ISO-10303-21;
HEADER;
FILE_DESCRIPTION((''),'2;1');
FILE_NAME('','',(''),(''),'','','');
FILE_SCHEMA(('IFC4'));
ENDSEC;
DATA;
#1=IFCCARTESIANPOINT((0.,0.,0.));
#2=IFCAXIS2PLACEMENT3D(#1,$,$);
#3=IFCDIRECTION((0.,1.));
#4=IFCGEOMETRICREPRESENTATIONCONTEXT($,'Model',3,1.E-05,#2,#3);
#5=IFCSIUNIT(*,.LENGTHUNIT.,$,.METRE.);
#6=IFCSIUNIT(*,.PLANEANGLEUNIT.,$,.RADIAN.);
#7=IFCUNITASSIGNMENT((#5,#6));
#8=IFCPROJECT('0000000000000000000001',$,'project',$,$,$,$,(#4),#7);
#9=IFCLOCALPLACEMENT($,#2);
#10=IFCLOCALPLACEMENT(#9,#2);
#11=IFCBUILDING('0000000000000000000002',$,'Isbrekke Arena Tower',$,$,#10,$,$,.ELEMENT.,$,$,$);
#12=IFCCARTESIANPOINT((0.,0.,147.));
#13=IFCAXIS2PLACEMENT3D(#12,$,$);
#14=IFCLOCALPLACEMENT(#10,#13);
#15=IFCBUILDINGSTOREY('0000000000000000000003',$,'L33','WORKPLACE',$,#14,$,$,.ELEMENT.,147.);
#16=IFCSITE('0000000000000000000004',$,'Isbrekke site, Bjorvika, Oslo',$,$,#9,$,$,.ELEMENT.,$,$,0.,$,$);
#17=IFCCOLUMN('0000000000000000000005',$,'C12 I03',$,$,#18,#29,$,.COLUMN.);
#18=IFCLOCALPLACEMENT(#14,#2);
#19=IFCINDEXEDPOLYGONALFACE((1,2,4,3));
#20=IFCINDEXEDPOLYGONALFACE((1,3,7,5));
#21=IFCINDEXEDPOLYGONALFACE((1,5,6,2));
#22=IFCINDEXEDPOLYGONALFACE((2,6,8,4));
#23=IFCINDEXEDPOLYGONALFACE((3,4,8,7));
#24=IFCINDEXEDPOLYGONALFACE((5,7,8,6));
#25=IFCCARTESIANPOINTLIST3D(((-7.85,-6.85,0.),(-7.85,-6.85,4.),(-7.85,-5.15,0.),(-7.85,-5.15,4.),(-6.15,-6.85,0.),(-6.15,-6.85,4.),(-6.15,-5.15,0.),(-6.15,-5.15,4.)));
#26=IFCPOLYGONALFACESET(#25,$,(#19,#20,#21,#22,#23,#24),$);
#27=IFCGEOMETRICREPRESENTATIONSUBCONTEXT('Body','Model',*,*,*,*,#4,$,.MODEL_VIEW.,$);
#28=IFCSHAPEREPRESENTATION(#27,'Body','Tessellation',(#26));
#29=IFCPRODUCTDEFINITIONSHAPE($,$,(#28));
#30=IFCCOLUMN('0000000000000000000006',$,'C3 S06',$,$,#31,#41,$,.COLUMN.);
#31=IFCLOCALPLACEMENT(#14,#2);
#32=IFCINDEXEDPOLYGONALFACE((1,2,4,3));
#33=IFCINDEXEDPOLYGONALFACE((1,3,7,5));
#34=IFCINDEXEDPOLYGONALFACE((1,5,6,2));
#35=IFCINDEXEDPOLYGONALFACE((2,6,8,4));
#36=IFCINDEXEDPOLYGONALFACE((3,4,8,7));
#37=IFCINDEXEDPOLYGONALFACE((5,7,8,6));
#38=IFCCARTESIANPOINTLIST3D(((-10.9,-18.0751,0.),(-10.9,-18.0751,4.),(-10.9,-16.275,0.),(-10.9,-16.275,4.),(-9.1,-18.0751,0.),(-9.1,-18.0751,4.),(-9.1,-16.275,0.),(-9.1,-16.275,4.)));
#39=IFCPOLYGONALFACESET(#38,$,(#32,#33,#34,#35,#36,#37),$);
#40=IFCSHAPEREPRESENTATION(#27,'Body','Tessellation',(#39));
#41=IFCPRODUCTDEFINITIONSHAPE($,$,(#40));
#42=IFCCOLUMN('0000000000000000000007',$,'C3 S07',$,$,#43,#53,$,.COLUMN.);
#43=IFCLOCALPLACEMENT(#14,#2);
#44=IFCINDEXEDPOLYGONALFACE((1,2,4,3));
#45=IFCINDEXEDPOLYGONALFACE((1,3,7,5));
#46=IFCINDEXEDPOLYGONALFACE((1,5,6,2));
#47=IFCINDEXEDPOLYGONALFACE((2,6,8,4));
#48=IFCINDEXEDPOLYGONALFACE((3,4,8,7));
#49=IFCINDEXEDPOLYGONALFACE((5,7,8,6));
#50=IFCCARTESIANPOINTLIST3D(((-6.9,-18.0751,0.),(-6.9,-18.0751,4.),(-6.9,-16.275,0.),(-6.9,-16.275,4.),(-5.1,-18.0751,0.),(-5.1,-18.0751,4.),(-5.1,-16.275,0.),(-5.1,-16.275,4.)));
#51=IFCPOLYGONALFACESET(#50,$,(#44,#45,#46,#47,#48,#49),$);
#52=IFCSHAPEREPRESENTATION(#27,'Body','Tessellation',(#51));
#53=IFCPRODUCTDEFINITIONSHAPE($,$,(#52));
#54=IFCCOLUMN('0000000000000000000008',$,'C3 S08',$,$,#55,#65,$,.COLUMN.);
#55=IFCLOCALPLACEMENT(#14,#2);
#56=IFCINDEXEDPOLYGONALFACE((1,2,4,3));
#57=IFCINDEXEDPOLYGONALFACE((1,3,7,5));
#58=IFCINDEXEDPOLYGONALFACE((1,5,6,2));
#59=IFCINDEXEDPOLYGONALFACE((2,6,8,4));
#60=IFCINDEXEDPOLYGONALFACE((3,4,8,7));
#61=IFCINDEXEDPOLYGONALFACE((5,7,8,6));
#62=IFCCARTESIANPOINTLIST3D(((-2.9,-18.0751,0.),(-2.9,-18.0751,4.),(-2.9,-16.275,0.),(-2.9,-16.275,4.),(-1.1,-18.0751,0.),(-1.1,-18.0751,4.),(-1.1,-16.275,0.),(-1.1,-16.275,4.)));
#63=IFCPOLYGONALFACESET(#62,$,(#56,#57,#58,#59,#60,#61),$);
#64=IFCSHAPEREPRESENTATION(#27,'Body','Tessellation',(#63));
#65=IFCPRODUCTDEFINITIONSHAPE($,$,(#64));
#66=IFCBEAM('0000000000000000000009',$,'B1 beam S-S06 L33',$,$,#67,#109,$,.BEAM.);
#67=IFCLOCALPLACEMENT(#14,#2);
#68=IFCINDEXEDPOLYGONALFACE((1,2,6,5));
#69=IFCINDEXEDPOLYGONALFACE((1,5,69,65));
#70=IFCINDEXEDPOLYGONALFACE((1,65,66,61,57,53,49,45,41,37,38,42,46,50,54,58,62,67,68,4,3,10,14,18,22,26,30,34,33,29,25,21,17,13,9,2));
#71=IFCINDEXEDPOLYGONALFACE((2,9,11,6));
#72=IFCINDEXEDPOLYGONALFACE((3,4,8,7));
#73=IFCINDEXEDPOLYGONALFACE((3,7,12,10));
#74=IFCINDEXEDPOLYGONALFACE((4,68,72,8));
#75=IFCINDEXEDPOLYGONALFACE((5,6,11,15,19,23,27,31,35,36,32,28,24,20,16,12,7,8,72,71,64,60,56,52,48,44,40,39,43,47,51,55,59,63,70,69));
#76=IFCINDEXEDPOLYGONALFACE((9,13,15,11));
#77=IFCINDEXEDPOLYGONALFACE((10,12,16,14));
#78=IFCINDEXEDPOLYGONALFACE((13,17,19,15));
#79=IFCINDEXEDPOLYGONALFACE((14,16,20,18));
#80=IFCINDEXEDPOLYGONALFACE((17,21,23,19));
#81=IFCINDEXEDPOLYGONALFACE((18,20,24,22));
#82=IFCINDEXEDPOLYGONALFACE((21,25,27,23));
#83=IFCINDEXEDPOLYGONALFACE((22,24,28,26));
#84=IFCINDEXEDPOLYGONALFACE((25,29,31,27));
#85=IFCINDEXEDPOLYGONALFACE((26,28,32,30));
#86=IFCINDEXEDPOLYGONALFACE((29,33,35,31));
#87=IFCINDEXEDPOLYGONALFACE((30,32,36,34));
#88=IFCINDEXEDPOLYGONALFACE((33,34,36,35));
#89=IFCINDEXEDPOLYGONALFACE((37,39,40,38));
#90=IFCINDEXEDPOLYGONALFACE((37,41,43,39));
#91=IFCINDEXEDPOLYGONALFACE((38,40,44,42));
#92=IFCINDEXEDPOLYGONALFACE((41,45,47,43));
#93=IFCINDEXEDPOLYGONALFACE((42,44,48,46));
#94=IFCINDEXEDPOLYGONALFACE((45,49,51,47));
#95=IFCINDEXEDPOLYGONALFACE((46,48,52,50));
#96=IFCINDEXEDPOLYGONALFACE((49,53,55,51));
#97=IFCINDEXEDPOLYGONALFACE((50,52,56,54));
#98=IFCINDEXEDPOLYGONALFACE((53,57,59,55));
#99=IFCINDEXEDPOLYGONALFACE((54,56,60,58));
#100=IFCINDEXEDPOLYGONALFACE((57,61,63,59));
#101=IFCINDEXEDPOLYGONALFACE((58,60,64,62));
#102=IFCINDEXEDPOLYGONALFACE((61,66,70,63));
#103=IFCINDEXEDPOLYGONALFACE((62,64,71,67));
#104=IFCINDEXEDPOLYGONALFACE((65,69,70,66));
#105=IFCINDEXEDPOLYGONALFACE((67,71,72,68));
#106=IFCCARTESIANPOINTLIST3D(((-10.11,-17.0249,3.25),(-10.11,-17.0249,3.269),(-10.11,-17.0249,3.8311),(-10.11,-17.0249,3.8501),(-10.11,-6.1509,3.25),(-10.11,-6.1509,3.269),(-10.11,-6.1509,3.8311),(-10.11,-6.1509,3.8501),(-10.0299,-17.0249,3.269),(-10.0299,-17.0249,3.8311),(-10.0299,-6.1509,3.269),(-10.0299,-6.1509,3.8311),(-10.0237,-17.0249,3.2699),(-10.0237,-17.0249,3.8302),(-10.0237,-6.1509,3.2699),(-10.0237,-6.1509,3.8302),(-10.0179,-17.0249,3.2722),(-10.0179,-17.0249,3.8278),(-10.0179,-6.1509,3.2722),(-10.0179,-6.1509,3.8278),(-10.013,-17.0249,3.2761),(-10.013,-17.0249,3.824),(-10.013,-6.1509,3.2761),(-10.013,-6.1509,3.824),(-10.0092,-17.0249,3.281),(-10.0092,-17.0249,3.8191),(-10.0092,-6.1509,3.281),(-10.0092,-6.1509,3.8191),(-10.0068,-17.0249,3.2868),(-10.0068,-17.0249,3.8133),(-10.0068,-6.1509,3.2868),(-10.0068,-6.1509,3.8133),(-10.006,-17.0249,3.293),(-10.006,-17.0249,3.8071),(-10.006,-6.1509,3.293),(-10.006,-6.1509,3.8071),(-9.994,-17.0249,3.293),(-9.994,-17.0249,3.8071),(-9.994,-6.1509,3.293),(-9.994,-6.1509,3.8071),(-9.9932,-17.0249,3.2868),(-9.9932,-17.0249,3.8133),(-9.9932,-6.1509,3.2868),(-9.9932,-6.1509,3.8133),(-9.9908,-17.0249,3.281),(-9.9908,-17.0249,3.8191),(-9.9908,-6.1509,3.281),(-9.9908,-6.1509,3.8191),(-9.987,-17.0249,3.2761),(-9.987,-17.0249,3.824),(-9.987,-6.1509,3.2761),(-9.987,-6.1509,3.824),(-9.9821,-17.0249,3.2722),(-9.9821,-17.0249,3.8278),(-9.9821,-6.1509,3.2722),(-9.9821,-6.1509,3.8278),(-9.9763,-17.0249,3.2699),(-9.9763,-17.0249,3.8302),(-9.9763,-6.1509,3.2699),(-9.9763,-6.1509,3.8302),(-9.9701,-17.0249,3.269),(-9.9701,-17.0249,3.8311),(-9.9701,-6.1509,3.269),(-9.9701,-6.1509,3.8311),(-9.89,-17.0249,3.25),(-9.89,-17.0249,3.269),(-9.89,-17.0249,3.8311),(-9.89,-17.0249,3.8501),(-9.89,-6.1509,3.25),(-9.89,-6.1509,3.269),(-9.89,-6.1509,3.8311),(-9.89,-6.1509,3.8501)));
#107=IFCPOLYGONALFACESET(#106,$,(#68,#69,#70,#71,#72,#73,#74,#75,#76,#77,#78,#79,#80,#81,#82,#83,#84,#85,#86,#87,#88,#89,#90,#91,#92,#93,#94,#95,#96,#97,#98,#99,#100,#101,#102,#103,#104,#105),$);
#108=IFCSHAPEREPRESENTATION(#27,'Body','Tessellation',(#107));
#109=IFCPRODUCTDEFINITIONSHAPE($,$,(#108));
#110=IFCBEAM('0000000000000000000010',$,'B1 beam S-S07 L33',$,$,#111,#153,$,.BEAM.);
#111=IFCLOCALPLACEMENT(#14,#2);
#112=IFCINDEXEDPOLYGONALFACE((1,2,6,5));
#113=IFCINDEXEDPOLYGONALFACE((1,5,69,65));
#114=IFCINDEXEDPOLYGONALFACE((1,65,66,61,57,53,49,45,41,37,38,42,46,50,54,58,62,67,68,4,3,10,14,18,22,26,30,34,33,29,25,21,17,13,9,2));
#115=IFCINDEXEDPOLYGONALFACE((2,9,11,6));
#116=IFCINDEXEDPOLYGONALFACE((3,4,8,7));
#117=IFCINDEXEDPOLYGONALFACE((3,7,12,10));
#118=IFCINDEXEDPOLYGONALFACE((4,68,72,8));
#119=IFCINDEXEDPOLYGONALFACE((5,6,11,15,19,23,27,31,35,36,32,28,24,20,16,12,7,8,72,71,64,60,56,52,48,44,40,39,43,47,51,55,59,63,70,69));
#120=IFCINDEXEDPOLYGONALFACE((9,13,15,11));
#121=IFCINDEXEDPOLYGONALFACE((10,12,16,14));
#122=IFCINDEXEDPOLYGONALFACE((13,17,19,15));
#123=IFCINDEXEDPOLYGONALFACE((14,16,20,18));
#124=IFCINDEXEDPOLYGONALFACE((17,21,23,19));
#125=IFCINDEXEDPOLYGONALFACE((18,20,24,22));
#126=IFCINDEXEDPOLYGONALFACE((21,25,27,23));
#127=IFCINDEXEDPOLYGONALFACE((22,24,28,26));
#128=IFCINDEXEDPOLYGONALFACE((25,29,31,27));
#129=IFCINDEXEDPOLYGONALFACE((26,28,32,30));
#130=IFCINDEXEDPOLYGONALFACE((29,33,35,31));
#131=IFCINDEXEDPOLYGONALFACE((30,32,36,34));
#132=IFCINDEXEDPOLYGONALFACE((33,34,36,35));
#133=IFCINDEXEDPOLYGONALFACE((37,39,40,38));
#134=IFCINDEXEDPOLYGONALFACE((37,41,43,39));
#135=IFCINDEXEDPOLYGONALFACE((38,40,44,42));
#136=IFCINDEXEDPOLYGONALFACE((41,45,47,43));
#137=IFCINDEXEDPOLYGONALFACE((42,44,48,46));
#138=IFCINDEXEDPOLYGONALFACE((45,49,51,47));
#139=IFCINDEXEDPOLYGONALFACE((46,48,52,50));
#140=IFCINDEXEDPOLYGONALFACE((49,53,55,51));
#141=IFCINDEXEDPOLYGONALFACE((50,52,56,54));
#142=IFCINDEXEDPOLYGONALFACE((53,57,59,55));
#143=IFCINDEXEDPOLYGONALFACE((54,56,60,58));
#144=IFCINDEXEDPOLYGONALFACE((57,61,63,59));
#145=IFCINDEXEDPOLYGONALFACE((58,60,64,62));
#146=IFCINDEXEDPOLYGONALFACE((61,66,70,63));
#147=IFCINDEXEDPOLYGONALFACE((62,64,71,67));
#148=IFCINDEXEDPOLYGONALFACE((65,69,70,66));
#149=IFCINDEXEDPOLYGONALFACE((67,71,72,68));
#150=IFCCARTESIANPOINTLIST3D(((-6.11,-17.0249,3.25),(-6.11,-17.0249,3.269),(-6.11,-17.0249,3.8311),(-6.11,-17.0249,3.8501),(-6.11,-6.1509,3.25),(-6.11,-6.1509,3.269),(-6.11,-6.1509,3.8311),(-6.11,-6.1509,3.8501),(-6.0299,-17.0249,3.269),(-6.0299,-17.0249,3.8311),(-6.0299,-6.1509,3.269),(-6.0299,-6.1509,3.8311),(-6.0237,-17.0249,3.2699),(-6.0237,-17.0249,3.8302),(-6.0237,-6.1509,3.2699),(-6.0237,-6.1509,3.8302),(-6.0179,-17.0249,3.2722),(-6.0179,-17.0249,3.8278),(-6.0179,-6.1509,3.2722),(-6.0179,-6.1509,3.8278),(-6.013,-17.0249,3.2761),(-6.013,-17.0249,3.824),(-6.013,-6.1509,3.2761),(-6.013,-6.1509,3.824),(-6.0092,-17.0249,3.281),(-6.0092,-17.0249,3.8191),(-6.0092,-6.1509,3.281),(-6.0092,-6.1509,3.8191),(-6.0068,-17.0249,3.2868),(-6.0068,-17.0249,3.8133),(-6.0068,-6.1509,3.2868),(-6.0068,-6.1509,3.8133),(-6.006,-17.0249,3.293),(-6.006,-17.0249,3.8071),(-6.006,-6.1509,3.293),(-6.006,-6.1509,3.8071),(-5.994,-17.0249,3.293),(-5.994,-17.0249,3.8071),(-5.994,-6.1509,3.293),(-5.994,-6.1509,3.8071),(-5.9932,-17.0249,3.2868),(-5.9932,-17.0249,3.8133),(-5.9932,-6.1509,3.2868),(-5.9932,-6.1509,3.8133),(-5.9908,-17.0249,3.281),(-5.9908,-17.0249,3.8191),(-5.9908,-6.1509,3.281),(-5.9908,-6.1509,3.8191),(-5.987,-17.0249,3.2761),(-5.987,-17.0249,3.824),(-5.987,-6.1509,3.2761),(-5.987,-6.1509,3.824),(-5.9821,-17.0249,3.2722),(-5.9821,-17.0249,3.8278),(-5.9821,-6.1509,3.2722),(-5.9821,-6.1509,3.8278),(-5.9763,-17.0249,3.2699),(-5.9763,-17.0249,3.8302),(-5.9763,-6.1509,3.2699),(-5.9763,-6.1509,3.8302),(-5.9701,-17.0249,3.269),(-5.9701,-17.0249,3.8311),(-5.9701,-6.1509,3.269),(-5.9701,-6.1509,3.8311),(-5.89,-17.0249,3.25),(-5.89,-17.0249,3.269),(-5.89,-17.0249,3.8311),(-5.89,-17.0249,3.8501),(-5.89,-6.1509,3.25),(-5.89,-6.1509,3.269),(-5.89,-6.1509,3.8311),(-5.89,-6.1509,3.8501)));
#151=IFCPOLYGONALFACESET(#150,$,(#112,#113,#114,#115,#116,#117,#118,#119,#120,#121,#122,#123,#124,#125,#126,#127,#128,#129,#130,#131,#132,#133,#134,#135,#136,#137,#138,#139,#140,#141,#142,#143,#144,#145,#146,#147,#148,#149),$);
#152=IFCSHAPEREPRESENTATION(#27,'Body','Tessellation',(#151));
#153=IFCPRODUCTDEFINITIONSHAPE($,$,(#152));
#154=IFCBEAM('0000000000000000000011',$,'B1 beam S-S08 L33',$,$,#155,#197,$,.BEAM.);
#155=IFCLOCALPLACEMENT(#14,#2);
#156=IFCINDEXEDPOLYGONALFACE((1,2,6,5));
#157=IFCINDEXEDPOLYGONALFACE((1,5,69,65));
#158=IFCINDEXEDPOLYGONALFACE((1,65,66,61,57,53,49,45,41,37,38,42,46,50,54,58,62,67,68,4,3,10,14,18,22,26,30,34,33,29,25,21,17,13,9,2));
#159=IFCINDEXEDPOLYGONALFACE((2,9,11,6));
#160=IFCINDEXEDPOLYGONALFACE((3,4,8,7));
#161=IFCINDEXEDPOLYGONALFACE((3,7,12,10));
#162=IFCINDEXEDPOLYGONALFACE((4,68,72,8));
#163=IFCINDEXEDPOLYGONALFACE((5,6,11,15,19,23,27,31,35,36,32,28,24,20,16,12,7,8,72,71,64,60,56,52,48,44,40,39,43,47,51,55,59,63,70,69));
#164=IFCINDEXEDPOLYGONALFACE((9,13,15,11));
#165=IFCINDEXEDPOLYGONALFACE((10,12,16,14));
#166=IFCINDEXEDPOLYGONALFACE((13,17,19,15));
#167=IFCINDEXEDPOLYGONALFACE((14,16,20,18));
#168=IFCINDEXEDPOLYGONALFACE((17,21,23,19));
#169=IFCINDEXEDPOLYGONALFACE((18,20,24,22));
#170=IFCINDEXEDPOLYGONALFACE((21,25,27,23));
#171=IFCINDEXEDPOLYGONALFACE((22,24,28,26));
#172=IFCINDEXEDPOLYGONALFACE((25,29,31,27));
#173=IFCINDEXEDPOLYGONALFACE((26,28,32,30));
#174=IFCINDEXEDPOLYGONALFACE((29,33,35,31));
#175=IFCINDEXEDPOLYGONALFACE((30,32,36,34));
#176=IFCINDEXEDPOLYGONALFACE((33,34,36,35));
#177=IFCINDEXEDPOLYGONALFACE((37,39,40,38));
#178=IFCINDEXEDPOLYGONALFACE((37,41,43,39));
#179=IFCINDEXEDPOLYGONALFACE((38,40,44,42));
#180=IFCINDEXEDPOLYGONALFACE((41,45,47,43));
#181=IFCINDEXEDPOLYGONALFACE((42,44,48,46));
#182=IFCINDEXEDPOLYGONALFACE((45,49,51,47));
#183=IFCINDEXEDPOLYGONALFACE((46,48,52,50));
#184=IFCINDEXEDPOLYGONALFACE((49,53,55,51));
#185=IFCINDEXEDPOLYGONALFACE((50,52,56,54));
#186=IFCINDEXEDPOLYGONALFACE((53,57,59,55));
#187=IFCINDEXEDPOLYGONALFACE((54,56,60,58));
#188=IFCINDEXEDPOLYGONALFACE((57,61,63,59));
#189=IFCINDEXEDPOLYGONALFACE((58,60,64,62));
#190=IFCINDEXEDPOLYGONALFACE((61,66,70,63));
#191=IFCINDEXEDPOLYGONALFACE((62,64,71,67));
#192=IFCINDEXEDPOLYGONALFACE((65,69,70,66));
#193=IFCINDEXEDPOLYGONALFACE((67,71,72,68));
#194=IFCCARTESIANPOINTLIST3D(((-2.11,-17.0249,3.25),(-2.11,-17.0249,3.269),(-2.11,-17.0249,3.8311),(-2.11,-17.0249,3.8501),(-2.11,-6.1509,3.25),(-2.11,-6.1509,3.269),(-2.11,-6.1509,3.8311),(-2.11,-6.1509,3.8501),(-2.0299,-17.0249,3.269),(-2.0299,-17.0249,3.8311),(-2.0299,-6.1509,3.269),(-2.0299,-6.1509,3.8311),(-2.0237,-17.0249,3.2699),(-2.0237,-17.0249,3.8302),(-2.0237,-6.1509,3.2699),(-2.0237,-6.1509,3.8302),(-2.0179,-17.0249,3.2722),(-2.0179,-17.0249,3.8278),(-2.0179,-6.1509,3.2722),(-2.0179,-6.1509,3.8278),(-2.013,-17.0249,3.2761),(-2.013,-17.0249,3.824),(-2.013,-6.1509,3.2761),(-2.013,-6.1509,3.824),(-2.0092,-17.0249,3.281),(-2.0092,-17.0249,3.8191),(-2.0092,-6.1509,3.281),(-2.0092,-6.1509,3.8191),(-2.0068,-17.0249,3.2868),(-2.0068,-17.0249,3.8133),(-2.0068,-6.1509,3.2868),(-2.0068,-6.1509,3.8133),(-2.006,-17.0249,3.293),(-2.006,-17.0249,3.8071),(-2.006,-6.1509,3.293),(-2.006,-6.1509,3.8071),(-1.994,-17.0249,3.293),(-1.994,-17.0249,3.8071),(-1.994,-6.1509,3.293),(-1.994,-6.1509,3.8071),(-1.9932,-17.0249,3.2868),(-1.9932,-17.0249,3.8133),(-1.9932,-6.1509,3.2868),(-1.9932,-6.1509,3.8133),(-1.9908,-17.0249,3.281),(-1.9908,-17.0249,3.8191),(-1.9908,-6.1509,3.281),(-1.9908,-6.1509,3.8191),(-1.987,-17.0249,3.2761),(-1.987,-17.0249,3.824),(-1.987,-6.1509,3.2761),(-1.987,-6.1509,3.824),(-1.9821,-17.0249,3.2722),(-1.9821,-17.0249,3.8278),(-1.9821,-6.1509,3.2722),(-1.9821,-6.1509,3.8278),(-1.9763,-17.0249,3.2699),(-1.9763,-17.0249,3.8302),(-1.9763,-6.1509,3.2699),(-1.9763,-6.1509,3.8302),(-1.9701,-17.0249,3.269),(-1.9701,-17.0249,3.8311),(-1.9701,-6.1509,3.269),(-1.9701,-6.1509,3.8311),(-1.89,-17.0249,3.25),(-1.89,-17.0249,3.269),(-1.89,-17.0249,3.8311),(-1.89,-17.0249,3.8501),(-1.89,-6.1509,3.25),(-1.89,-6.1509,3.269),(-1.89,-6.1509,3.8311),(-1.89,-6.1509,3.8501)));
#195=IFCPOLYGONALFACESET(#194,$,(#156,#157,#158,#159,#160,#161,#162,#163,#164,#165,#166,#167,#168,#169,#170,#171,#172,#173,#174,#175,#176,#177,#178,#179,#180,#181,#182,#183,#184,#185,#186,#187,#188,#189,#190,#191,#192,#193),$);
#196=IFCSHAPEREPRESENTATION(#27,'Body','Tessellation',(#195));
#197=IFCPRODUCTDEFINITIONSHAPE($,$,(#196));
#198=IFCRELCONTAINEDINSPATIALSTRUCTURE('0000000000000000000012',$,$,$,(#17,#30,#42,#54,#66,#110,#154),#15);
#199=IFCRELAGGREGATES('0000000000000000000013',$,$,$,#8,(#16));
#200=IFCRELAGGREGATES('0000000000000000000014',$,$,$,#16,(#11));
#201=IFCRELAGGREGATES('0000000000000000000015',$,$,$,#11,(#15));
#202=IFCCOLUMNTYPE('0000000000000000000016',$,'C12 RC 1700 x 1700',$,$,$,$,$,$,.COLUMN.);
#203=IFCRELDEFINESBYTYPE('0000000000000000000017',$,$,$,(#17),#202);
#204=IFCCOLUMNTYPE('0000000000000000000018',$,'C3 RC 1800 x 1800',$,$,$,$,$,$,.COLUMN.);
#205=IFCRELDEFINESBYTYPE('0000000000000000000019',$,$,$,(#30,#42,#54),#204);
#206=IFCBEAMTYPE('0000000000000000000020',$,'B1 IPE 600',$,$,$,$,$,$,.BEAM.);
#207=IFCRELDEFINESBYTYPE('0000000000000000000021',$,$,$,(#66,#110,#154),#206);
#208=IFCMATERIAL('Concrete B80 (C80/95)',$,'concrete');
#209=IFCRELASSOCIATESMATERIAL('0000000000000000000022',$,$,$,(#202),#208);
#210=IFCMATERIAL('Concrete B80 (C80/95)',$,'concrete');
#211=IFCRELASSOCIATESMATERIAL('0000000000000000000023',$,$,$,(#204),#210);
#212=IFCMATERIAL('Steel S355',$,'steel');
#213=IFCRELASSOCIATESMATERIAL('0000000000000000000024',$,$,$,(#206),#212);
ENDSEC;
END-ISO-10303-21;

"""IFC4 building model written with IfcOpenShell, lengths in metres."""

from ifc_helpers import new_model, si_unit, direction, frame, origin, origin_2d, place, context, subcontext, project, spatial, rectangle, i_section, extrude, material, material_profile, profile_set, type_object, element, save


model = new_model("IFC4")

# Units and contexts
model_context = context("Model", 3, precision=1e-05, world=origin(), true_north=direction((0.0, 1.0)))
body_context = subcontext(model_context, "Body", "Model", "MODEL_VIEW")
ifc_project = project(units=[si_unit("LENGTHUNIT", "METRE"), si_unit("PLANEANGLEUNIT", "RADIAN")], contexts=[model_context])

# Site, building, storey
site_placement = place(None, origin())
site = spatial("IfcSite", under=ifc_project, at=site_placement, Name="Isbrekke site, Bjorvika, Oslo", CompositionType="ELEMENT", RefElevation=0.0)
building_placement = place(site_placement, origin())
building = spatial("IfcBuilding", under=site, at=building_placement, Name="Isbrekke Arena Tower", CompositionType="ELEMENT")
storey_placement = place(building_placement, frame((0.0, 0.0, 147.0)))
storey = spatial("IfcBuildingStorey", under=building, at=storey_placement, Name="L33", Description="WORKPLACE", CompositionType="ELEMENT", Elevation=147.0)

# Columns
ifc_material_1 = material(Name="Concrete B80 (C80/95)", Category="concrete")
ifc_material_profile_1 = material_profile(ifc_material_1, rectangle(XDim=1.7, YDim=1.7, at=origin_2d()), Name="RC 1700x1700")
ifc_profile_set_1 = profile_set([ifc_material_profile_1], Name="Concrete B80 (C80/95)")
column_type_1 = type_object("IfcColumnType", Name="C12 RC 1700 x 1700", PredefinedType="COLUMN", material=ifc_profile_set_1)
column_placement = place(storey_placement, frame((-7.0, -6.0, 0.0), z_axis=(0.0, 0.0, 1.0), x_axis=(1.0, 0.0, 0.0)))
element("IfcColumn", 1, at=column_placement, inside=storey, type_object=column_type_1, Name="C12 I03", PredefinedType="COLUMN", context=body_context, shape_type="SweptSolid", body=[
    extrude(rectangle(XDim=1.7, YDim=1.7, at=origin_2d()), origin(), (0.0, 0.0, 1.0), 4.0),
])
ifc_material_2 = material(Name="Concrete B80 (C80/95)", Category="concrete")
ifc_material_profile_2 = material_profile(ifc_material_2, rectangle(XDim=1.8, YDim=1.8, at=origin_2d()), Name="RC 1800x1800")
ifc_profile_set_2 = profile_set([ifc_material_profile_2], Name="Concrete B80 (C80/95)")
column_type_2 = type_object("IfcColumnType", Name="C3 RC 1800 x 1800", PredefinedType="COLUMN", material=ifc_profile_set_2)
for number, where, z_axis, x_axis, name in (
    (2, (-10.0, -17.175, 0.0), (0.0, 0.0, 1.0), (1.0, 0.0, 0.0), "C3 S06"),
    (3, (-6.0, -17.175, 0.0), (0.0, 0.0, 1.0), (1.0, 0.0, 0.0), "C3 S07"),
    (4, (-2.0, -17.175, 0.0), (0.0, 0.0, 1.0), (1.0, 0.0, 0.0), "C3 S08"),
):
    element("IfcColumn", number, at=place(storey_placement, frame(where, z_axis=z_axis, x_axis=x_axis)), inside=storey, type_object=column_type_2, Name=name, PredefinedType="COLUMN", context=body_context, shape_type="SweptSolid", body=[
        extrude(rectangle(XDim=1.8, YDim=1.8, at=origin_2d()), origin(), (0.0, 0.0, 1.0), 4.0),
    ])

# Beams
ifc_material_3 = material(Name="Steel S355", Category="steel")
ifc_material_profile_3 = material_profile(ifc_material_3, i_section(OverallWidth=0.22, OverallDepth=0.6001, WebThickness=0.012, FlangeThickness=0.019, FilletRadius=0.0239, at=origin_2d()), Name="IPE 600")
ifc_profile_set_3 = profile_set([ifc_material_profile_3], Name="Steel S355")
beam_type_1 = type_object("IfcBeamType", Name="B1 IPE 600", PredefinedType="BEAM", material=ifc_profile_set_3)
for number, where, z_axis, x_axis, name in (
    (5, (-10.0, -17.0249, 3.55), (0.0, 1.0, 0.0), (-1.0, 0.0, 0.0), "B1 beam S-S06 L33"),
    (6, (-6.0, -17.0249, 3.55), (0.0, 1.0, 0.0), (-1.0, 0.0, 0.0), "B1 beam S-S07 L33"),
    (7, (-2.0, -17.0249, 3.55), (0.0, 1.0, 0.0), (-1.0, 0.0, 0.0), "B1 beam S-S08 L33"),
):
    element("IfcBeam", number, at=place(storey_placement, frame(where, z_axis=z_axis, x_axis=x_axis)), inside=storey, type_object=beam_type_1, Name=name, PredefinedType="BEAM", context=body_context, shape_type="SweptSolid", body=[
        extrude(i_section(OverallWidth=0.22, OverallDepth=0.6001, WebThickness=0.012, FlangeThickness=0.019, FilletRadius=0.0239, at=origin_2d()), origin(), (0.0, 0.0, 1.0), 10.874),
    ])

save(model, "model.ifc")
